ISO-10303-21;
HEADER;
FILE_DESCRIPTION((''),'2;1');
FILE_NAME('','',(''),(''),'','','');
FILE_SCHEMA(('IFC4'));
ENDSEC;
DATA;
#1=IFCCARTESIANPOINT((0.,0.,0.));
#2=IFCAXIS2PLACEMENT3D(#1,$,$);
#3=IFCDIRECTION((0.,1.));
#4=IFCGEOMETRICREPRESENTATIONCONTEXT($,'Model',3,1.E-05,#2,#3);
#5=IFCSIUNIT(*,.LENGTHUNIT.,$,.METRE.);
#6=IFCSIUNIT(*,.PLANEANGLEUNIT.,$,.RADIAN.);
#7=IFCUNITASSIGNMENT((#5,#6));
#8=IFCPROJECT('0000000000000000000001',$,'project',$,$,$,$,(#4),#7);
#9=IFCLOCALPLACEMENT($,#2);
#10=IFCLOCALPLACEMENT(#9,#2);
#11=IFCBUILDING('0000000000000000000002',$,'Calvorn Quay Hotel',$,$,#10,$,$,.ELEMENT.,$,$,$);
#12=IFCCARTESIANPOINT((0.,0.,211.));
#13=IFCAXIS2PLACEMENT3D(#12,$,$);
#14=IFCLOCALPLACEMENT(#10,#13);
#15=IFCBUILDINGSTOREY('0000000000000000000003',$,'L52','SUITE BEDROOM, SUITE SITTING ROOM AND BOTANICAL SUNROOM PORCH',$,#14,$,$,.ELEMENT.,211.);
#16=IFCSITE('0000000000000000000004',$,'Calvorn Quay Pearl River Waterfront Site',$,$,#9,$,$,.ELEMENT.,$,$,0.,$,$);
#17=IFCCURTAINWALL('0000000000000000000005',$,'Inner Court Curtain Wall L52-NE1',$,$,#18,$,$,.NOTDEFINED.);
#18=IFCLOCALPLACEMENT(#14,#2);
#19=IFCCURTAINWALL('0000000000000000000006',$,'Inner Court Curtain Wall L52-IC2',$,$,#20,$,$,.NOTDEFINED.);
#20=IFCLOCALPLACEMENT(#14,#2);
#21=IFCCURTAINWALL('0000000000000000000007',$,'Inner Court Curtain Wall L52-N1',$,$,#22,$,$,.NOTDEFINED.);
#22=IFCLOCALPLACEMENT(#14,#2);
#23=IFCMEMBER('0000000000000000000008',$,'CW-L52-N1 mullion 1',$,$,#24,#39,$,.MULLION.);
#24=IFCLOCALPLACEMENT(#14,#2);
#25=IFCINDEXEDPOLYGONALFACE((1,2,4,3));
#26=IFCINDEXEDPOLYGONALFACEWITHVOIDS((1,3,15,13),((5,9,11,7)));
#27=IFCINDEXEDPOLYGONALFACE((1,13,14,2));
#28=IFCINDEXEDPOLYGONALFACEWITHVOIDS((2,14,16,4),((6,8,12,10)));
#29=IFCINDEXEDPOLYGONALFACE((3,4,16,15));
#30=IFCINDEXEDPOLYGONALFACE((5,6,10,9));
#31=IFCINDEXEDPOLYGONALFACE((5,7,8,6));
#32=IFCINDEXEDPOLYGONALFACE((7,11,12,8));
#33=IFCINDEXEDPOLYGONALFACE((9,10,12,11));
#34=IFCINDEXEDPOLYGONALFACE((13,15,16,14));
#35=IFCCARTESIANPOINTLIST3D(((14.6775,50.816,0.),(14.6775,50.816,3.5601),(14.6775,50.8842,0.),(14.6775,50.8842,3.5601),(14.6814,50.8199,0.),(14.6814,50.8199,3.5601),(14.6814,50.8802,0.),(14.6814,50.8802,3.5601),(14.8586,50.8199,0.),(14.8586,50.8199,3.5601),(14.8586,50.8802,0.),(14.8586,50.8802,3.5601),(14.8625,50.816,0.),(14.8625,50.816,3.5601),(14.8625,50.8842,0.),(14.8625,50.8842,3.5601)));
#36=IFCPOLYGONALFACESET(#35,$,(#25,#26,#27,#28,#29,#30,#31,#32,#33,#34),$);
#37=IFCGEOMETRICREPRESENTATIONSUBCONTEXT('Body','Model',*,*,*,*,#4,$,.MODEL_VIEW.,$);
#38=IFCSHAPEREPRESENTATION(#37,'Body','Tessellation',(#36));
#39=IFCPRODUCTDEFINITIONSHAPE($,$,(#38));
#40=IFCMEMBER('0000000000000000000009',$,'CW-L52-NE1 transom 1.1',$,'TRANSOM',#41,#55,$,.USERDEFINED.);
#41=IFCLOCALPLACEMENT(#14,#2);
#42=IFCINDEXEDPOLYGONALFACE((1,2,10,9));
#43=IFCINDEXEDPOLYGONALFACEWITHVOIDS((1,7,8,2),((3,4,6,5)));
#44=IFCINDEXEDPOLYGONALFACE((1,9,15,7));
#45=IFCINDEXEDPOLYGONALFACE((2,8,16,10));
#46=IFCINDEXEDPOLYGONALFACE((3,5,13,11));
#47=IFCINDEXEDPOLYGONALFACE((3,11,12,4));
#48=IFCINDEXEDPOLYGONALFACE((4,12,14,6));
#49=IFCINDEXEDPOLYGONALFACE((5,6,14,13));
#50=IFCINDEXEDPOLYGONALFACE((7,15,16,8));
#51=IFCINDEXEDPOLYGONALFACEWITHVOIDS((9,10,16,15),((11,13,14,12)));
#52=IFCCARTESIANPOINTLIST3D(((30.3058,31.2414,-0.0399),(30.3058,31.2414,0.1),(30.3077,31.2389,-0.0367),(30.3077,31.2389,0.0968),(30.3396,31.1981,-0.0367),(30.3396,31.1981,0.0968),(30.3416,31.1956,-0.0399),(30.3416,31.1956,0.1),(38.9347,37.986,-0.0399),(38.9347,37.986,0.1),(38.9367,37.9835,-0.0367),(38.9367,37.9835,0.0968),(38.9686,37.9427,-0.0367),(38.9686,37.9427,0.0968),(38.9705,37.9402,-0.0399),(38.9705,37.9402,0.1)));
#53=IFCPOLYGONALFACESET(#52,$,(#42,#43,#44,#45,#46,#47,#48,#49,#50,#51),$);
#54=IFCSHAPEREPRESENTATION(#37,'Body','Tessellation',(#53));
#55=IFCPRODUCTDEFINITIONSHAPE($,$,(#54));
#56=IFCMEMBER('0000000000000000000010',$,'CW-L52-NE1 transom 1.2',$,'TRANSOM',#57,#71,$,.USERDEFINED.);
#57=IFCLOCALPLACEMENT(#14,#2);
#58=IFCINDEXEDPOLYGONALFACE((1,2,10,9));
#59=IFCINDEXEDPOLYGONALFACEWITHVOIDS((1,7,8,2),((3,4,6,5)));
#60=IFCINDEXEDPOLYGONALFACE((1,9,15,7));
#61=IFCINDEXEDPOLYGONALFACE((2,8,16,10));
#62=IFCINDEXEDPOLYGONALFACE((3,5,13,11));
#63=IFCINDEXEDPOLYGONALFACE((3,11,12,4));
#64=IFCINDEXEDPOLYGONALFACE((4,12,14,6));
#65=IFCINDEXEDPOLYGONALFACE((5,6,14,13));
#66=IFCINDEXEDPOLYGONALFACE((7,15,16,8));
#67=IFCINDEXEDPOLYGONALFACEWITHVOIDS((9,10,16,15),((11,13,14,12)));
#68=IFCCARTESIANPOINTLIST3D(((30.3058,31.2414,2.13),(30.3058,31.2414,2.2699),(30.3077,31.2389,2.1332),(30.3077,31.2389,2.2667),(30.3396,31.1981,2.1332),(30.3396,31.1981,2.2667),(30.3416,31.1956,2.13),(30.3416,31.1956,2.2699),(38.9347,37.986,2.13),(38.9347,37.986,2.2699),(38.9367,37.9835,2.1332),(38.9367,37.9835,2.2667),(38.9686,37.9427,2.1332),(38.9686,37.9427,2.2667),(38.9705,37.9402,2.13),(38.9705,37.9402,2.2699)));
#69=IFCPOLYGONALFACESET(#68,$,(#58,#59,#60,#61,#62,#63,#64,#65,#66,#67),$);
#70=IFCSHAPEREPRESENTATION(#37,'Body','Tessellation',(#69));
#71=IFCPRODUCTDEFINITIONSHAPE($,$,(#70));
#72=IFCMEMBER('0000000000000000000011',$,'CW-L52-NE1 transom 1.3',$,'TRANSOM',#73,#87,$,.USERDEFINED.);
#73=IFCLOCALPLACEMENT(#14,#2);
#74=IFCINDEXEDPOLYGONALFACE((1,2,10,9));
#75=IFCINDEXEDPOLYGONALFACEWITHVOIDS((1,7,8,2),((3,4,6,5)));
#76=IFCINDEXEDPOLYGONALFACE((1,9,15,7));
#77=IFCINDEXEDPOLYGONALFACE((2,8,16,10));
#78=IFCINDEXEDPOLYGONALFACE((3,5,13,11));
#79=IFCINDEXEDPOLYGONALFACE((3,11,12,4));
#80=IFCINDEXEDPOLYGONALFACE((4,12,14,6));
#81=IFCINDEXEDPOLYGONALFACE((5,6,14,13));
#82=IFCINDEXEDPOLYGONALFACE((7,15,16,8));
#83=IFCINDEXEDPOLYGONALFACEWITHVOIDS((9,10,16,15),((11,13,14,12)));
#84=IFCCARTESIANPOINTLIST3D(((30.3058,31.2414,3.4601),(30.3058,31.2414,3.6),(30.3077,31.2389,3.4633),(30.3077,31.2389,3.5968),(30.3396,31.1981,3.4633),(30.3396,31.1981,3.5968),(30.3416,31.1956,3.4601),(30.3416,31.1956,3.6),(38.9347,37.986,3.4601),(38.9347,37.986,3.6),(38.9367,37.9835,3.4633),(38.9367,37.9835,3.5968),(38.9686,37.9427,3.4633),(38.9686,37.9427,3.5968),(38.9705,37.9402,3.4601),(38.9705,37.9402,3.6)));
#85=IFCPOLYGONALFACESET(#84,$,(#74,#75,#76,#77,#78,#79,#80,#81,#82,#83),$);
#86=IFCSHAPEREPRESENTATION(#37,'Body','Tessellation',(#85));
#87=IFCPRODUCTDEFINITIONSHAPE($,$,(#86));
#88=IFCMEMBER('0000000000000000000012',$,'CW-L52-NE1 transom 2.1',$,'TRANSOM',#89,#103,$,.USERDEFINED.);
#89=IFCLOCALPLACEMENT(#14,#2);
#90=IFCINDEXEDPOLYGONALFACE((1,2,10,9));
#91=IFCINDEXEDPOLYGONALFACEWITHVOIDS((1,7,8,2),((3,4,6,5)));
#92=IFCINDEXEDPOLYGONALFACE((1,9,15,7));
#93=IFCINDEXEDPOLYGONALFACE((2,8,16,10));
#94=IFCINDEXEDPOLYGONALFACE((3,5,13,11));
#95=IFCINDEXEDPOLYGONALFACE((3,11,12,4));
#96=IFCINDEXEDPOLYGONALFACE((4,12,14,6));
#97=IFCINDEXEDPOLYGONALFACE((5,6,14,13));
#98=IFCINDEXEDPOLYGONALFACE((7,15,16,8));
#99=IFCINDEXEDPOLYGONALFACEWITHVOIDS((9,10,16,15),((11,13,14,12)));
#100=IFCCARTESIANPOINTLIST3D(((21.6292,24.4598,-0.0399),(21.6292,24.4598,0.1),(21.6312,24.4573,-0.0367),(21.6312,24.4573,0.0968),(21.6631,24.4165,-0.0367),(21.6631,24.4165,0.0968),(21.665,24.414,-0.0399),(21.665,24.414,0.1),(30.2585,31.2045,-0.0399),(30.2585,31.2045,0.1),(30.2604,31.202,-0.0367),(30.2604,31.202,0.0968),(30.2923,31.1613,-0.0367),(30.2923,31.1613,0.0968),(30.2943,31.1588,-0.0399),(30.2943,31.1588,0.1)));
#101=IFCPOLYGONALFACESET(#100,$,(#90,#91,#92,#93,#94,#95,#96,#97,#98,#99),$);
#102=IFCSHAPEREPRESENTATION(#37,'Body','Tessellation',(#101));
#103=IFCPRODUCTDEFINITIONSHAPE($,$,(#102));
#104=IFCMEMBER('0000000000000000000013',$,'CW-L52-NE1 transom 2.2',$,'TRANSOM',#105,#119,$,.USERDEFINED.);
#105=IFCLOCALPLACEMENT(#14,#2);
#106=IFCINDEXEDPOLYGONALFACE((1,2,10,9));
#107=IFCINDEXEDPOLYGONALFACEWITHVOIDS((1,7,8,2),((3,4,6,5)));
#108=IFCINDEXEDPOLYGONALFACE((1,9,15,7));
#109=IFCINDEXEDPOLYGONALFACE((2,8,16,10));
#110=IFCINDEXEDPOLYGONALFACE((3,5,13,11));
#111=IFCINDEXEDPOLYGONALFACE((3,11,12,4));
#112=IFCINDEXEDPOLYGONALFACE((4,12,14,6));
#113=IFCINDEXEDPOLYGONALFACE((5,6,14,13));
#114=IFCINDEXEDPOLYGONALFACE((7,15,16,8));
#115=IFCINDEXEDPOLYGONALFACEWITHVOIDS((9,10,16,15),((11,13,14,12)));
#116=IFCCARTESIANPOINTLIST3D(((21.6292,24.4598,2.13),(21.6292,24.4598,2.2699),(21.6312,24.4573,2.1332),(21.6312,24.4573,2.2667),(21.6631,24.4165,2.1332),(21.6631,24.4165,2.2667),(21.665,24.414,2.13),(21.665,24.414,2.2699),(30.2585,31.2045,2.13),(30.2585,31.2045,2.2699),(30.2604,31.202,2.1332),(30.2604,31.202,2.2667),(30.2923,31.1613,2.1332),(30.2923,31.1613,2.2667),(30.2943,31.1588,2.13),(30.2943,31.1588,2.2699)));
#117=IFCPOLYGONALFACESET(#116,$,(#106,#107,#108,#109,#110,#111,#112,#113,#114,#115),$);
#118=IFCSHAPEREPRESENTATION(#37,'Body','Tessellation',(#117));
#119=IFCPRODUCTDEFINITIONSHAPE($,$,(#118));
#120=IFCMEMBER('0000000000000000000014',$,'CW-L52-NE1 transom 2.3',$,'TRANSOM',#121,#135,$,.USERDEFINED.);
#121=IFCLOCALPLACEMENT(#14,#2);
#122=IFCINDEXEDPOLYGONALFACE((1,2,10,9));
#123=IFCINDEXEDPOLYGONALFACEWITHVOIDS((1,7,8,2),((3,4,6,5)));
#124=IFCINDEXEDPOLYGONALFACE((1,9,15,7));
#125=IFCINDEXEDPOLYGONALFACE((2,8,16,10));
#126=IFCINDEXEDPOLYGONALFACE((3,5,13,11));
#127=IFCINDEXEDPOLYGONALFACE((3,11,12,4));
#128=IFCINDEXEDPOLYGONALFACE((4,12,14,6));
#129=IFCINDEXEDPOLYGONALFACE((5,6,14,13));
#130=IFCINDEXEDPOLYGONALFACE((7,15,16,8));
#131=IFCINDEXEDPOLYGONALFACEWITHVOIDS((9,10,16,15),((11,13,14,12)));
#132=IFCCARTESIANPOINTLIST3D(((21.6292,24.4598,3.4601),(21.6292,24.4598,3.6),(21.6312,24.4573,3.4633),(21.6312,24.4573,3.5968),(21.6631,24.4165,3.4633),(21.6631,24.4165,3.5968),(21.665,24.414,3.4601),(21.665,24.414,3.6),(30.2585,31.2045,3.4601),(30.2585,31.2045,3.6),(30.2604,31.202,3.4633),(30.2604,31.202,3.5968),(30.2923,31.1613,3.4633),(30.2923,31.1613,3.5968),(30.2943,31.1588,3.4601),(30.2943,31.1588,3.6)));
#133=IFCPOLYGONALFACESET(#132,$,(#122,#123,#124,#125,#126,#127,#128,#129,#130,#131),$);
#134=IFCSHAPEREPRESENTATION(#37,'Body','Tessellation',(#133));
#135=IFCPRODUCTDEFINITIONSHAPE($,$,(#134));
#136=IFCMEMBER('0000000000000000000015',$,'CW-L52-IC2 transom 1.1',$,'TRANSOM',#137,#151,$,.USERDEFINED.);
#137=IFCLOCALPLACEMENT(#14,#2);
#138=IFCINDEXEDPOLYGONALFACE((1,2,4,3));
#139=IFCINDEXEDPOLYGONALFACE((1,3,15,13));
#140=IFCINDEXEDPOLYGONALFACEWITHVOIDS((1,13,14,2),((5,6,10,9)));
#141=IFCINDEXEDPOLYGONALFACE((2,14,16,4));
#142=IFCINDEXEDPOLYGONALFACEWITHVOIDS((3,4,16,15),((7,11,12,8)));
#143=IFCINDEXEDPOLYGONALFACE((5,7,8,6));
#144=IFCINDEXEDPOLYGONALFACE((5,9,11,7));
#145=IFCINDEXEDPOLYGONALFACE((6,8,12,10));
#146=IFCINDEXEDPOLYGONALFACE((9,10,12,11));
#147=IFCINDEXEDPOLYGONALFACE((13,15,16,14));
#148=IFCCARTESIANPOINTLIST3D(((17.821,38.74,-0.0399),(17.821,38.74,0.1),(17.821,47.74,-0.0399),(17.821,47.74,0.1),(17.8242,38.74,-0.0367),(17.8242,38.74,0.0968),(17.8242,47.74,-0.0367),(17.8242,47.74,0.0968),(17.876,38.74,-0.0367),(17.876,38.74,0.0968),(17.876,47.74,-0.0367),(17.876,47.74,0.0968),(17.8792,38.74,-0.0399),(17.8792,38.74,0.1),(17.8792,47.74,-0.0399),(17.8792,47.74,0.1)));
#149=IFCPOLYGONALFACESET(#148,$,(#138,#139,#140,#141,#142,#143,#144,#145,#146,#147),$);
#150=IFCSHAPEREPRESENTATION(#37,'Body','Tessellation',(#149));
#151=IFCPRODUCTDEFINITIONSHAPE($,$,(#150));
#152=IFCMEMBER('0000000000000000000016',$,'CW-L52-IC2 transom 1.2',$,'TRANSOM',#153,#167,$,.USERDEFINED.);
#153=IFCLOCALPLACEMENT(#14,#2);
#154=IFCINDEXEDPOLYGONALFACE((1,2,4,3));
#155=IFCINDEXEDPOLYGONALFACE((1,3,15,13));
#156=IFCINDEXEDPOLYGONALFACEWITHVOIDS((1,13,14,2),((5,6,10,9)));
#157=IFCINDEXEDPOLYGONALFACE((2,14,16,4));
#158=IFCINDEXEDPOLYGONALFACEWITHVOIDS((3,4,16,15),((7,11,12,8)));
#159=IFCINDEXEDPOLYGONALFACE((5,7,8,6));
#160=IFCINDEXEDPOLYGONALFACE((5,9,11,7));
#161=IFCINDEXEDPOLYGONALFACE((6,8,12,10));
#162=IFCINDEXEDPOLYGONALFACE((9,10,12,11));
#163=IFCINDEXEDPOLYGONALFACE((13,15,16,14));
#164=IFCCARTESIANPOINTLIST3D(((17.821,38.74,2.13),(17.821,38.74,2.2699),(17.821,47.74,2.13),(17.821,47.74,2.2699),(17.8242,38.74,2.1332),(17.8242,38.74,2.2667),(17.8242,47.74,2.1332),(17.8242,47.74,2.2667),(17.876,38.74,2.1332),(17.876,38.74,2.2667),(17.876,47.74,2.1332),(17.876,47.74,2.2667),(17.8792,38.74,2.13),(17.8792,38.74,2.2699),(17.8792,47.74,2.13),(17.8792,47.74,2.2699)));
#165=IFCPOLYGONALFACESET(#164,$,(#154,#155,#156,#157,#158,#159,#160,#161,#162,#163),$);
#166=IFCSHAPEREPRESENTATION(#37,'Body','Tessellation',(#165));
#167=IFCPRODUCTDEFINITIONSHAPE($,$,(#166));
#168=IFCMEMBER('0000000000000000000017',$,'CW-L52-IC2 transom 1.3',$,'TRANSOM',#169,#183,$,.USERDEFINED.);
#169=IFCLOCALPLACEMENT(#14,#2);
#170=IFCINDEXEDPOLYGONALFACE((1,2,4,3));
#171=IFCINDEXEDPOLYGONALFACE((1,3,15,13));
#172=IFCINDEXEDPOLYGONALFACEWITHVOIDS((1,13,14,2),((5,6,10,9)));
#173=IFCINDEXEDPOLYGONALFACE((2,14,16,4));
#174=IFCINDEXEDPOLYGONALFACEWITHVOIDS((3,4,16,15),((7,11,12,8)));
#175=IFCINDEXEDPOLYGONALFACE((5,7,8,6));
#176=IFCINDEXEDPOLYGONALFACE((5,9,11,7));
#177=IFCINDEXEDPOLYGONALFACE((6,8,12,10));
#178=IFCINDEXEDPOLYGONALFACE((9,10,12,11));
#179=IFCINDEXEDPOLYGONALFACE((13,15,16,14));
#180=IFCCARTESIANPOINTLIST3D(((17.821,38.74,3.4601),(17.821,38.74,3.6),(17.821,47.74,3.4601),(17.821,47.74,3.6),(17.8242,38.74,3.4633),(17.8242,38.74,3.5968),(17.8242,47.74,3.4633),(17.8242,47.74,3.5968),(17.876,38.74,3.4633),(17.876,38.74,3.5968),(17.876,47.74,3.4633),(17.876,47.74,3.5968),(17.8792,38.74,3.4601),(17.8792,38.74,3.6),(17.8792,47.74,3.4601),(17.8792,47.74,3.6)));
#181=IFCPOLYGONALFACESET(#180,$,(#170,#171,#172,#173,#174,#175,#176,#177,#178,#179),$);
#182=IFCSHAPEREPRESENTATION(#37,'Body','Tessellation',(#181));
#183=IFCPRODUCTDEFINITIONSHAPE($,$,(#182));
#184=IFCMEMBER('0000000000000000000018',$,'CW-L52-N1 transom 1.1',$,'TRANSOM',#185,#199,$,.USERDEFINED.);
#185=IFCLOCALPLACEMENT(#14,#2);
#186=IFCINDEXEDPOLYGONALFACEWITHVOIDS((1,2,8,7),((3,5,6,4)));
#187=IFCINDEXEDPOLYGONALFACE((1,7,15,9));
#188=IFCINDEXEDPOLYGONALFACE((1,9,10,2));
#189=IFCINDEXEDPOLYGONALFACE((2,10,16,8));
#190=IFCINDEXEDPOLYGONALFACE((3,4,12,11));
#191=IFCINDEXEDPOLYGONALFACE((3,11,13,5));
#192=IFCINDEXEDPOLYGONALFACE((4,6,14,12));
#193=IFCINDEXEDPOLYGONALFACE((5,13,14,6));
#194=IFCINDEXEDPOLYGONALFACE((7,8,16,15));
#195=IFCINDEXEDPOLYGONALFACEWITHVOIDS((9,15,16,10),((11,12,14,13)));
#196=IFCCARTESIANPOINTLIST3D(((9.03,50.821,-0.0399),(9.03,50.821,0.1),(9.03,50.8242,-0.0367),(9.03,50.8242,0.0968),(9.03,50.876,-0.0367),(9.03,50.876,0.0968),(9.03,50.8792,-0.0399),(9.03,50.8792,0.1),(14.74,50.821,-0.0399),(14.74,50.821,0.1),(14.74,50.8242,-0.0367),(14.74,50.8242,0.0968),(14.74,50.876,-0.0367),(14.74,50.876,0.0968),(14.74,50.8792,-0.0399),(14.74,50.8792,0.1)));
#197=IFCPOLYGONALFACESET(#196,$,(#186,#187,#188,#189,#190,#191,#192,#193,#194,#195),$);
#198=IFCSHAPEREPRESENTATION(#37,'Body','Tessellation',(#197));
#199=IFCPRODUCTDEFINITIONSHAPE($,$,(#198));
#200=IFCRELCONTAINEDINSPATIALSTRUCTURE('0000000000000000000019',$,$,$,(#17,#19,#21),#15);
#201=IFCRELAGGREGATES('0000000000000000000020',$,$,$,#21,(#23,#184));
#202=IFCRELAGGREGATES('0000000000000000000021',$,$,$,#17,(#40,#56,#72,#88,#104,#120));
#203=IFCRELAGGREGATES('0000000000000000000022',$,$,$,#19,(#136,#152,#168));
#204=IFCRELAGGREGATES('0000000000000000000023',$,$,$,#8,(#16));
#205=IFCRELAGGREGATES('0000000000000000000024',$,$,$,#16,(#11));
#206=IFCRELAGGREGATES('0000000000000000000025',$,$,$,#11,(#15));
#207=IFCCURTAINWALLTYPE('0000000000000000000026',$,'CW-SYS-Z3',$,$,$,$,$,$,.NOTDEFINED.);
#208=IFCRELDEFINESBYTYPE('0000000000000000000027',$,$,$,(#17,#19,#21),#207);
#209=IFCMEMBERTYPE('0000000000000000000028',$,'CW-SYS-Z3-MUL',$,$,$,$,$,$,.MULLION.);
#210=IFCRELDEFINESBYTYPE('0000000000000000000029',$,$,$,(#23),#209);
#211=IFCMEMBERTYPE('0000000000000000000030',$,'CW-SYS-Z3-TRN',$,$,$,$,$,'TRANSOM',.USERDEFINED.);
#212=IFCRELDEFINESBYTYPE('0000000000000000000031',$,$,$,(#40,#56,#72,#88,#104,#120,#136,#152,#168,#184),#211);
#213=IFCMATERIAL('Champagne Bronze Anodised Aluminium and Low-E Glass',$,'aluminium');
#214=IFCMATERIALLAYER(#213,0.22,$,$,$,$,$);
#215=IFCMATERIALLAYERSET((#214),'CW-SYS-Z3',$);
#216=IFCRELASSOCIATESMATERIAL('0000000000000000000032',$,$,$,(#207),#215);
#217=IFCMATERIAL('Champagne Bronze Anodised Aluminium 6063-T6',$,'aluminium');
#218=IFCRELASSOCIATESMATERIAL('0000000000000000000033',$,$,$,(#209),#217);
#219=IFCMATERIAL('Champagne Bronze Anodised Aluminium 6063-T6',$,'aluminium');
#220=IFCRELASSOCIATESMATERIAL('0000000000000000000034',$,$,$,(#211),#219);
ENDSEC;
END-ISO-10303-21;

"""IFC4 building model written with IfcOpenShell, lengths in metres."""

from ifc_helpers import new_model, si_unit, direction, frame, origin, origin_2d, place, context, subcontext, project, spatial, hollow_rectangle, extrude, material, layer, layer_set, material_profile, profile_set, type_object, element, aggregate, save


model = new_model("IFC4")

# Units and contexts
model_context = context("Model", 3, precision=1e-05, world=origin(), true_north=direction((0.0, 1.0)))
body_context = subcontext(model_context, "Body", "Model", "MODEL_VIEW")
ifc_project = project(units=[si_unit("LENGTHUNIT", "METRE"), si_unit("PLANEANGLEUNIT", "RADIAN")], contexts=[model_context])

# Site, building, storey
site_placement = place(None, origin())
site = spatial("IfcSite", under=ifc_project, at=site_placement, Name="Calvorn Quay Pearl River Waterfront Site", CompositionType="ELEMENT", RefElevation=0.0)
building_placement = place(site_placement, origin())
building = spatial("IfcBuilding", under=site, at=building_placement, Name="Calvorn Quay Hotel", CompositionType="ELEMENT")
storey_placement = place(building_placement, frame((0.0, 0.0, 211.0)))
storey = spatial("IfcBuildingStorey", under=building, at=storey_placement, Name="L52", Description="SUITE BEDROOM, SUITE SITTING ROOM AND BOTANICAL SUNROOM PORCH", CompositionType="ELEMENT", Elevation=211.0)

# Curtain wall
ifc_material_1 = material(Name="Champagne Bronze Anodised Aluminium and Low-E Glass", Category="aluminium")
ifc_layer_1 = layer(ifc_material_1, 0.22)
ifc_layer_set_1 = layer_set([ifc_layer_1], Name="CW-SYS-Z3")
curtain_wall_type = type_object("IfcCurtainWallType", Name="CW-SYS-Z3", PredefinedType="NOTDEFINED", material=ifc_layer_set_1)
curtain_wall_1_placement = place(storey_placement, origin())
curtain_wall_1 = element("IfcCurtainWall", 1, at=curtain_wall_1_placement, inside=storey, type_object=curtain_wall_type, Name="Inner Court Curtain Wall L52-NE1", PredefinedType="NOTDEFINED")
ifc_material_2 = material(Name="Champagne Bronze Anodised Aluminium 6063-T6", Category="aluminium")
ifc_material_profile_1 = material_profile(ifc_material_2, hollow_rectangle(XDim=0.0681, YDim=0.1851, WallThickness=0.0039, at=origin_2d()), Name="ALU-M185x68x4")
ifc_profile_set_1 = profile_set([ifc_material_profile_1], Name="Champagne Bronze Anodised Aluminium 6063-T6")
member_type_1 = type_object("IfcMemberType", Name="CW-SYS-Z3-MUL", PredefinedType="MULLION", material=ifc_profile_set_1)

# Curtain wall
curtain_wall_2_placement = place(storey_placement, origin())
curtain_wall_2 = element("IfcCurtainWall", 2, at=curtain_wall_2_placement, inside=storey, type_object=curtain_wall_type, Name="Inner Court Curtain Wall L52-IC2", PredefinedType="NOTDEFINED")

# Curtain wall, member
curtain_wall_3_placement = place(storey_placement, origin())
curtain_wall_3 = element("IfcCurtainWall", 3, at=curtain_wall_3_placement, inside=storey, type_object=curtain_wall_type, Name="Inner Court Curtain Wall L52-N1", PredefinedType="NOTDEFINED")
member_1_placement = place(storey_placement, frame((14.77, 50.8501, 0.0), z_axis=(0.0, 0.0, 1.0), x_axis=(0.0, -1.0, 0.0)))
member_1 = element("IfcMember", 4, at=member_1_placement, type_object=member_type_1, Name="CW-L52-N1 mullion 1", PredefinedType="MULLION", context=body_context, shape_type="SweptSolid", body=[
    extrude(hollow_rectangle(XDim=0.0681, YDim=0.1851, WallThickness=0.0039, at=origin_2d()), origin(), (0.0, 0.0, 1.0), 3.5601),
])

# Members
ifc_material_3 = material(Name="Champagne Bronze Anodised Aluminium 6063-T6", Category="aluminium")
ifc_material_profile_2 = material_profile(ifc_material_3, hollow_rectangle(XDim=0.0581, YDim=0.1399, WallThickness=0.0032, at=origin_2d()), Name="ALU-T140x58x3.2")
ifc_profile_set_2 = profile_set([ifc_material_profile_2], Name="Champagne Bronze Anodised Aluminium 6063-T6")
member_type_2 = type_object("IfcMemberType", Name="CW-SYS-Z3-TRN", ElementType="TRANSOM", PredefinedType="USERDEFINED", material=ifc_profile_set_2)
member_2_placement = place(storey_placement, frame((38.9526, 37.9631, 0.03), z_axis=(-0.787878, -0.615831, 0.0), x_axis=(0.615831, -0.787878, 0.0)))
member_2 = element("IfcMember", 5, at=member_2_placement, type_object=member_type_2, Name="CW-L52-NE1 transom 1.1", ObjectType="TRANSOM", PredefinedType="USERDEFINED", context=body_context, shape_type="SweptSolid", body=[
    extrude(hollow_rectangle(XDim=0.0581, YDim=0.1399, WallThickness=0.0032, at=origin_2d()), origin(), (0.0, 0.0, 1.0), 10.9521),
])
member_3_placement = place(storey_placement, frame((38.9526, 37.9631, 2.2), z_axis=(-0.787878, -0.615831, 0.0), x_axis=(0.615831, -0.787878, 0.0)))
member_3 = element("IfcMember", 6, at=member_3_placement, type_object=member_type_2, Name="CW-L52-NE1 transom 1.2", ObjectType="TRANSOM", PredefinedType="USERDEFINED", context=body_context, shape_type="SweptSolid", body=[
    extrude(hollow_rectangle(XDim=0.0581, YDim=0.1399, WallThickness=0.0032, at=origin_2d()), origin(), (0.0, 0.0, 1.0), 10.9521),
])
member_4_placement = place(storey_placement, frame((38.9526, 37.9631, 3.53), z_axis=(-0.787878, -0.615831, 0.0), x_axis=(0.615831, -0.787878, 0.0)))
member_4 = element("IfcMember", 7, at=member_4_placement, type_object=member_type_2, Name="CW-L52-NE1 transom 1.3", ObjectType="TRANSOM", PredefinedType="USERDEFINED", context=body_context, shape_type="SweptSolid", body=[
    extrude(hollow_rectangle(XDim=0.0581, YDim=0.1399, WallThickness=0.0032, at=origin_2d()), origin(), (0.0, 0.0, 1.0), 10.9521),
])
member_5_placement = place(storey_placement, frame((30.2764, 31.1816, 0.03), z_axis=(-0.787887, -0.61582, 0.0), x_axis=(0.61582, -0.787887, 0.0)))
member_5 = element("IfcMember", 8, at=member_5_placement, type_object=member_type_2, Name="CW-L52-NE1 transom 2.1", ObjectType="TRANSOM", PredefinedType="USERDEFINED", context=body_context, shape_type="SweptSolid", body=[
    extrude(hollow_rectangle(XDim=0.0581, YDim=0.1399, WallThickness=0.0032, at=origin_2d()), origin(), (0.0, 0.0, 1.0), 10.9524),
])
member_6_placement = place(storey_placement, frame((30.2764, 31.1816, 2.2), z_axis=(-0.787887, -0.61582, 0.0), x_axis=(0.61582, -0.787887, 0.0)))
member_6 = element("IfcMember", 9, at=member_6_placement, type_object=member_type_2, Name="CW-L52-NE1 transom 2.2", ObjectType="TRANSOM", PredefinedType="USERDEFINED", context=body_context, shape_type="SweptSolid", body=[
    extrude(hollow_rectangle(XDim=0.0581, YDim=0.1399, WallThickness=0.0032, at=origin_2d()), origin(), (0.0, 0.0, 1.0), 10.9524),
])
member_7_placement = place(storey_placement, frame((30.2764, 31.1816, 3.53), z_axis=(-0.787887, -0.61582, 0.0), x_axis=(0.61582, -0.787887, 0.0)))
member_7 = element("IfcMember", 10, at=member_7_placement, type_object=member_type_2, Name="CW-L52-NE1 transom 2.3", ObjectType="TRANSOM", PredefinedType="USERDEFINED", context=body_context, shape_type="SweptSolid", body=[
    extrude(hollow_rectangle(XDim=0.0581, YDim=0.1399, WallThickness=0.0032, at=origin_2d()), origin(), (0.0, 0.0, 1.0), 10.9524),
])
member_8_placement = place(storey_placement, frame((17.8501, 38.74, 0.03), z_axis=(0.0, 1.0, 0.0), x_axis=(-1.0, 0.0, 0.0)))
member_8 = element("IfcMember", 11, at=member_8_placement, type_object=member_type_2, Name="CW-L52-IC2 transom 1.1", ObjectType="TRANSOM", PredefinedType="USERDEFINED", context=body_context, shape_type="SweptSolid", body=[
    extrude(hollow_rectangle(XDim=0.0581, YDim=0.1399, WallThickness=0.0032, at=origin_2d()), origin(), (0.0, 0.0, 1.0), 9.0),
])
member_9_placement = place(storey_placement, frame((17.8501, 38.74, 2.2), z_axis=(0.0, 1.0, 0.0), x_axis=(-1.0, 0.0, 0.0)))
member_9 = element("IfcMember", 12, at=member_9_placement, type_object=member_type_2, Name="CW-L52-IC2 transom 1.2", ObjectType="TRANSOM", PredefinedType="USERDEFINED", context=body_context, shape_type="SweptSolid", body=[
    extrude(hollow_rectangle(XDim=0.0581, YDim=0.1399, WallThickness=0.0032, at=origin_2d()), origin(), (0.0, 0.0, 1.0), 9.0),
])
member_10_placement = place(storey_placement, frame((17.8501, 38.74, 3.53), z_axis=(0.0, 1.0, 0.0), x_axis=(-1.0, 0.0, 0.0)))
member_10 = element("IfcMember", 13, at=member_10_placement, type_object=member_type_2, Name="CW-L52-IC2 transom 1.3", ObjectType="TRANSOM", PredefinedType="USERDEFINED", context=body_context, shape_type="SweptSolid", body=[
    extrude(hollow_rectangle(XDim=0.0581, YDim=0.1399, WallThickness=0.0032, at=origin_2d()), origin(), (0.0, 0.0, 1.0), 9.0),
])
member_11_placement = place(storey_placement, frame((14.74, 50.8501, 0.03), z_axis=(-1.0, 0.0, 0.0), x_axis=(0.0, -1.0, 0.0)))
member_11 = element("IfcMember", 14, at=member_11_placement, type_object=member_type_2, Name="CW-L52-N1 transom 1.1", ObjectType="TRANSOM", PredefinedType="USERDEFINED", context=body_context, shape_type="SweptSolid", body=[
    extrude(hollow_rectangle(XDim=0.0581, YDim=0.1399, WallThickness=0.0032, at=origin_2d()), origin(), (0.0, 0.0, 1.0), 5.71),
])
aggregate(curtain_wall_3, [member_1, member_11])

aggregate(curtain_wall_1, [member_2, member_3, member_4, member_5, member_6, member_7])
aggregate(curtain_wall_2, [member_8, member_9, member_10])

save(model, "model.ifc")
